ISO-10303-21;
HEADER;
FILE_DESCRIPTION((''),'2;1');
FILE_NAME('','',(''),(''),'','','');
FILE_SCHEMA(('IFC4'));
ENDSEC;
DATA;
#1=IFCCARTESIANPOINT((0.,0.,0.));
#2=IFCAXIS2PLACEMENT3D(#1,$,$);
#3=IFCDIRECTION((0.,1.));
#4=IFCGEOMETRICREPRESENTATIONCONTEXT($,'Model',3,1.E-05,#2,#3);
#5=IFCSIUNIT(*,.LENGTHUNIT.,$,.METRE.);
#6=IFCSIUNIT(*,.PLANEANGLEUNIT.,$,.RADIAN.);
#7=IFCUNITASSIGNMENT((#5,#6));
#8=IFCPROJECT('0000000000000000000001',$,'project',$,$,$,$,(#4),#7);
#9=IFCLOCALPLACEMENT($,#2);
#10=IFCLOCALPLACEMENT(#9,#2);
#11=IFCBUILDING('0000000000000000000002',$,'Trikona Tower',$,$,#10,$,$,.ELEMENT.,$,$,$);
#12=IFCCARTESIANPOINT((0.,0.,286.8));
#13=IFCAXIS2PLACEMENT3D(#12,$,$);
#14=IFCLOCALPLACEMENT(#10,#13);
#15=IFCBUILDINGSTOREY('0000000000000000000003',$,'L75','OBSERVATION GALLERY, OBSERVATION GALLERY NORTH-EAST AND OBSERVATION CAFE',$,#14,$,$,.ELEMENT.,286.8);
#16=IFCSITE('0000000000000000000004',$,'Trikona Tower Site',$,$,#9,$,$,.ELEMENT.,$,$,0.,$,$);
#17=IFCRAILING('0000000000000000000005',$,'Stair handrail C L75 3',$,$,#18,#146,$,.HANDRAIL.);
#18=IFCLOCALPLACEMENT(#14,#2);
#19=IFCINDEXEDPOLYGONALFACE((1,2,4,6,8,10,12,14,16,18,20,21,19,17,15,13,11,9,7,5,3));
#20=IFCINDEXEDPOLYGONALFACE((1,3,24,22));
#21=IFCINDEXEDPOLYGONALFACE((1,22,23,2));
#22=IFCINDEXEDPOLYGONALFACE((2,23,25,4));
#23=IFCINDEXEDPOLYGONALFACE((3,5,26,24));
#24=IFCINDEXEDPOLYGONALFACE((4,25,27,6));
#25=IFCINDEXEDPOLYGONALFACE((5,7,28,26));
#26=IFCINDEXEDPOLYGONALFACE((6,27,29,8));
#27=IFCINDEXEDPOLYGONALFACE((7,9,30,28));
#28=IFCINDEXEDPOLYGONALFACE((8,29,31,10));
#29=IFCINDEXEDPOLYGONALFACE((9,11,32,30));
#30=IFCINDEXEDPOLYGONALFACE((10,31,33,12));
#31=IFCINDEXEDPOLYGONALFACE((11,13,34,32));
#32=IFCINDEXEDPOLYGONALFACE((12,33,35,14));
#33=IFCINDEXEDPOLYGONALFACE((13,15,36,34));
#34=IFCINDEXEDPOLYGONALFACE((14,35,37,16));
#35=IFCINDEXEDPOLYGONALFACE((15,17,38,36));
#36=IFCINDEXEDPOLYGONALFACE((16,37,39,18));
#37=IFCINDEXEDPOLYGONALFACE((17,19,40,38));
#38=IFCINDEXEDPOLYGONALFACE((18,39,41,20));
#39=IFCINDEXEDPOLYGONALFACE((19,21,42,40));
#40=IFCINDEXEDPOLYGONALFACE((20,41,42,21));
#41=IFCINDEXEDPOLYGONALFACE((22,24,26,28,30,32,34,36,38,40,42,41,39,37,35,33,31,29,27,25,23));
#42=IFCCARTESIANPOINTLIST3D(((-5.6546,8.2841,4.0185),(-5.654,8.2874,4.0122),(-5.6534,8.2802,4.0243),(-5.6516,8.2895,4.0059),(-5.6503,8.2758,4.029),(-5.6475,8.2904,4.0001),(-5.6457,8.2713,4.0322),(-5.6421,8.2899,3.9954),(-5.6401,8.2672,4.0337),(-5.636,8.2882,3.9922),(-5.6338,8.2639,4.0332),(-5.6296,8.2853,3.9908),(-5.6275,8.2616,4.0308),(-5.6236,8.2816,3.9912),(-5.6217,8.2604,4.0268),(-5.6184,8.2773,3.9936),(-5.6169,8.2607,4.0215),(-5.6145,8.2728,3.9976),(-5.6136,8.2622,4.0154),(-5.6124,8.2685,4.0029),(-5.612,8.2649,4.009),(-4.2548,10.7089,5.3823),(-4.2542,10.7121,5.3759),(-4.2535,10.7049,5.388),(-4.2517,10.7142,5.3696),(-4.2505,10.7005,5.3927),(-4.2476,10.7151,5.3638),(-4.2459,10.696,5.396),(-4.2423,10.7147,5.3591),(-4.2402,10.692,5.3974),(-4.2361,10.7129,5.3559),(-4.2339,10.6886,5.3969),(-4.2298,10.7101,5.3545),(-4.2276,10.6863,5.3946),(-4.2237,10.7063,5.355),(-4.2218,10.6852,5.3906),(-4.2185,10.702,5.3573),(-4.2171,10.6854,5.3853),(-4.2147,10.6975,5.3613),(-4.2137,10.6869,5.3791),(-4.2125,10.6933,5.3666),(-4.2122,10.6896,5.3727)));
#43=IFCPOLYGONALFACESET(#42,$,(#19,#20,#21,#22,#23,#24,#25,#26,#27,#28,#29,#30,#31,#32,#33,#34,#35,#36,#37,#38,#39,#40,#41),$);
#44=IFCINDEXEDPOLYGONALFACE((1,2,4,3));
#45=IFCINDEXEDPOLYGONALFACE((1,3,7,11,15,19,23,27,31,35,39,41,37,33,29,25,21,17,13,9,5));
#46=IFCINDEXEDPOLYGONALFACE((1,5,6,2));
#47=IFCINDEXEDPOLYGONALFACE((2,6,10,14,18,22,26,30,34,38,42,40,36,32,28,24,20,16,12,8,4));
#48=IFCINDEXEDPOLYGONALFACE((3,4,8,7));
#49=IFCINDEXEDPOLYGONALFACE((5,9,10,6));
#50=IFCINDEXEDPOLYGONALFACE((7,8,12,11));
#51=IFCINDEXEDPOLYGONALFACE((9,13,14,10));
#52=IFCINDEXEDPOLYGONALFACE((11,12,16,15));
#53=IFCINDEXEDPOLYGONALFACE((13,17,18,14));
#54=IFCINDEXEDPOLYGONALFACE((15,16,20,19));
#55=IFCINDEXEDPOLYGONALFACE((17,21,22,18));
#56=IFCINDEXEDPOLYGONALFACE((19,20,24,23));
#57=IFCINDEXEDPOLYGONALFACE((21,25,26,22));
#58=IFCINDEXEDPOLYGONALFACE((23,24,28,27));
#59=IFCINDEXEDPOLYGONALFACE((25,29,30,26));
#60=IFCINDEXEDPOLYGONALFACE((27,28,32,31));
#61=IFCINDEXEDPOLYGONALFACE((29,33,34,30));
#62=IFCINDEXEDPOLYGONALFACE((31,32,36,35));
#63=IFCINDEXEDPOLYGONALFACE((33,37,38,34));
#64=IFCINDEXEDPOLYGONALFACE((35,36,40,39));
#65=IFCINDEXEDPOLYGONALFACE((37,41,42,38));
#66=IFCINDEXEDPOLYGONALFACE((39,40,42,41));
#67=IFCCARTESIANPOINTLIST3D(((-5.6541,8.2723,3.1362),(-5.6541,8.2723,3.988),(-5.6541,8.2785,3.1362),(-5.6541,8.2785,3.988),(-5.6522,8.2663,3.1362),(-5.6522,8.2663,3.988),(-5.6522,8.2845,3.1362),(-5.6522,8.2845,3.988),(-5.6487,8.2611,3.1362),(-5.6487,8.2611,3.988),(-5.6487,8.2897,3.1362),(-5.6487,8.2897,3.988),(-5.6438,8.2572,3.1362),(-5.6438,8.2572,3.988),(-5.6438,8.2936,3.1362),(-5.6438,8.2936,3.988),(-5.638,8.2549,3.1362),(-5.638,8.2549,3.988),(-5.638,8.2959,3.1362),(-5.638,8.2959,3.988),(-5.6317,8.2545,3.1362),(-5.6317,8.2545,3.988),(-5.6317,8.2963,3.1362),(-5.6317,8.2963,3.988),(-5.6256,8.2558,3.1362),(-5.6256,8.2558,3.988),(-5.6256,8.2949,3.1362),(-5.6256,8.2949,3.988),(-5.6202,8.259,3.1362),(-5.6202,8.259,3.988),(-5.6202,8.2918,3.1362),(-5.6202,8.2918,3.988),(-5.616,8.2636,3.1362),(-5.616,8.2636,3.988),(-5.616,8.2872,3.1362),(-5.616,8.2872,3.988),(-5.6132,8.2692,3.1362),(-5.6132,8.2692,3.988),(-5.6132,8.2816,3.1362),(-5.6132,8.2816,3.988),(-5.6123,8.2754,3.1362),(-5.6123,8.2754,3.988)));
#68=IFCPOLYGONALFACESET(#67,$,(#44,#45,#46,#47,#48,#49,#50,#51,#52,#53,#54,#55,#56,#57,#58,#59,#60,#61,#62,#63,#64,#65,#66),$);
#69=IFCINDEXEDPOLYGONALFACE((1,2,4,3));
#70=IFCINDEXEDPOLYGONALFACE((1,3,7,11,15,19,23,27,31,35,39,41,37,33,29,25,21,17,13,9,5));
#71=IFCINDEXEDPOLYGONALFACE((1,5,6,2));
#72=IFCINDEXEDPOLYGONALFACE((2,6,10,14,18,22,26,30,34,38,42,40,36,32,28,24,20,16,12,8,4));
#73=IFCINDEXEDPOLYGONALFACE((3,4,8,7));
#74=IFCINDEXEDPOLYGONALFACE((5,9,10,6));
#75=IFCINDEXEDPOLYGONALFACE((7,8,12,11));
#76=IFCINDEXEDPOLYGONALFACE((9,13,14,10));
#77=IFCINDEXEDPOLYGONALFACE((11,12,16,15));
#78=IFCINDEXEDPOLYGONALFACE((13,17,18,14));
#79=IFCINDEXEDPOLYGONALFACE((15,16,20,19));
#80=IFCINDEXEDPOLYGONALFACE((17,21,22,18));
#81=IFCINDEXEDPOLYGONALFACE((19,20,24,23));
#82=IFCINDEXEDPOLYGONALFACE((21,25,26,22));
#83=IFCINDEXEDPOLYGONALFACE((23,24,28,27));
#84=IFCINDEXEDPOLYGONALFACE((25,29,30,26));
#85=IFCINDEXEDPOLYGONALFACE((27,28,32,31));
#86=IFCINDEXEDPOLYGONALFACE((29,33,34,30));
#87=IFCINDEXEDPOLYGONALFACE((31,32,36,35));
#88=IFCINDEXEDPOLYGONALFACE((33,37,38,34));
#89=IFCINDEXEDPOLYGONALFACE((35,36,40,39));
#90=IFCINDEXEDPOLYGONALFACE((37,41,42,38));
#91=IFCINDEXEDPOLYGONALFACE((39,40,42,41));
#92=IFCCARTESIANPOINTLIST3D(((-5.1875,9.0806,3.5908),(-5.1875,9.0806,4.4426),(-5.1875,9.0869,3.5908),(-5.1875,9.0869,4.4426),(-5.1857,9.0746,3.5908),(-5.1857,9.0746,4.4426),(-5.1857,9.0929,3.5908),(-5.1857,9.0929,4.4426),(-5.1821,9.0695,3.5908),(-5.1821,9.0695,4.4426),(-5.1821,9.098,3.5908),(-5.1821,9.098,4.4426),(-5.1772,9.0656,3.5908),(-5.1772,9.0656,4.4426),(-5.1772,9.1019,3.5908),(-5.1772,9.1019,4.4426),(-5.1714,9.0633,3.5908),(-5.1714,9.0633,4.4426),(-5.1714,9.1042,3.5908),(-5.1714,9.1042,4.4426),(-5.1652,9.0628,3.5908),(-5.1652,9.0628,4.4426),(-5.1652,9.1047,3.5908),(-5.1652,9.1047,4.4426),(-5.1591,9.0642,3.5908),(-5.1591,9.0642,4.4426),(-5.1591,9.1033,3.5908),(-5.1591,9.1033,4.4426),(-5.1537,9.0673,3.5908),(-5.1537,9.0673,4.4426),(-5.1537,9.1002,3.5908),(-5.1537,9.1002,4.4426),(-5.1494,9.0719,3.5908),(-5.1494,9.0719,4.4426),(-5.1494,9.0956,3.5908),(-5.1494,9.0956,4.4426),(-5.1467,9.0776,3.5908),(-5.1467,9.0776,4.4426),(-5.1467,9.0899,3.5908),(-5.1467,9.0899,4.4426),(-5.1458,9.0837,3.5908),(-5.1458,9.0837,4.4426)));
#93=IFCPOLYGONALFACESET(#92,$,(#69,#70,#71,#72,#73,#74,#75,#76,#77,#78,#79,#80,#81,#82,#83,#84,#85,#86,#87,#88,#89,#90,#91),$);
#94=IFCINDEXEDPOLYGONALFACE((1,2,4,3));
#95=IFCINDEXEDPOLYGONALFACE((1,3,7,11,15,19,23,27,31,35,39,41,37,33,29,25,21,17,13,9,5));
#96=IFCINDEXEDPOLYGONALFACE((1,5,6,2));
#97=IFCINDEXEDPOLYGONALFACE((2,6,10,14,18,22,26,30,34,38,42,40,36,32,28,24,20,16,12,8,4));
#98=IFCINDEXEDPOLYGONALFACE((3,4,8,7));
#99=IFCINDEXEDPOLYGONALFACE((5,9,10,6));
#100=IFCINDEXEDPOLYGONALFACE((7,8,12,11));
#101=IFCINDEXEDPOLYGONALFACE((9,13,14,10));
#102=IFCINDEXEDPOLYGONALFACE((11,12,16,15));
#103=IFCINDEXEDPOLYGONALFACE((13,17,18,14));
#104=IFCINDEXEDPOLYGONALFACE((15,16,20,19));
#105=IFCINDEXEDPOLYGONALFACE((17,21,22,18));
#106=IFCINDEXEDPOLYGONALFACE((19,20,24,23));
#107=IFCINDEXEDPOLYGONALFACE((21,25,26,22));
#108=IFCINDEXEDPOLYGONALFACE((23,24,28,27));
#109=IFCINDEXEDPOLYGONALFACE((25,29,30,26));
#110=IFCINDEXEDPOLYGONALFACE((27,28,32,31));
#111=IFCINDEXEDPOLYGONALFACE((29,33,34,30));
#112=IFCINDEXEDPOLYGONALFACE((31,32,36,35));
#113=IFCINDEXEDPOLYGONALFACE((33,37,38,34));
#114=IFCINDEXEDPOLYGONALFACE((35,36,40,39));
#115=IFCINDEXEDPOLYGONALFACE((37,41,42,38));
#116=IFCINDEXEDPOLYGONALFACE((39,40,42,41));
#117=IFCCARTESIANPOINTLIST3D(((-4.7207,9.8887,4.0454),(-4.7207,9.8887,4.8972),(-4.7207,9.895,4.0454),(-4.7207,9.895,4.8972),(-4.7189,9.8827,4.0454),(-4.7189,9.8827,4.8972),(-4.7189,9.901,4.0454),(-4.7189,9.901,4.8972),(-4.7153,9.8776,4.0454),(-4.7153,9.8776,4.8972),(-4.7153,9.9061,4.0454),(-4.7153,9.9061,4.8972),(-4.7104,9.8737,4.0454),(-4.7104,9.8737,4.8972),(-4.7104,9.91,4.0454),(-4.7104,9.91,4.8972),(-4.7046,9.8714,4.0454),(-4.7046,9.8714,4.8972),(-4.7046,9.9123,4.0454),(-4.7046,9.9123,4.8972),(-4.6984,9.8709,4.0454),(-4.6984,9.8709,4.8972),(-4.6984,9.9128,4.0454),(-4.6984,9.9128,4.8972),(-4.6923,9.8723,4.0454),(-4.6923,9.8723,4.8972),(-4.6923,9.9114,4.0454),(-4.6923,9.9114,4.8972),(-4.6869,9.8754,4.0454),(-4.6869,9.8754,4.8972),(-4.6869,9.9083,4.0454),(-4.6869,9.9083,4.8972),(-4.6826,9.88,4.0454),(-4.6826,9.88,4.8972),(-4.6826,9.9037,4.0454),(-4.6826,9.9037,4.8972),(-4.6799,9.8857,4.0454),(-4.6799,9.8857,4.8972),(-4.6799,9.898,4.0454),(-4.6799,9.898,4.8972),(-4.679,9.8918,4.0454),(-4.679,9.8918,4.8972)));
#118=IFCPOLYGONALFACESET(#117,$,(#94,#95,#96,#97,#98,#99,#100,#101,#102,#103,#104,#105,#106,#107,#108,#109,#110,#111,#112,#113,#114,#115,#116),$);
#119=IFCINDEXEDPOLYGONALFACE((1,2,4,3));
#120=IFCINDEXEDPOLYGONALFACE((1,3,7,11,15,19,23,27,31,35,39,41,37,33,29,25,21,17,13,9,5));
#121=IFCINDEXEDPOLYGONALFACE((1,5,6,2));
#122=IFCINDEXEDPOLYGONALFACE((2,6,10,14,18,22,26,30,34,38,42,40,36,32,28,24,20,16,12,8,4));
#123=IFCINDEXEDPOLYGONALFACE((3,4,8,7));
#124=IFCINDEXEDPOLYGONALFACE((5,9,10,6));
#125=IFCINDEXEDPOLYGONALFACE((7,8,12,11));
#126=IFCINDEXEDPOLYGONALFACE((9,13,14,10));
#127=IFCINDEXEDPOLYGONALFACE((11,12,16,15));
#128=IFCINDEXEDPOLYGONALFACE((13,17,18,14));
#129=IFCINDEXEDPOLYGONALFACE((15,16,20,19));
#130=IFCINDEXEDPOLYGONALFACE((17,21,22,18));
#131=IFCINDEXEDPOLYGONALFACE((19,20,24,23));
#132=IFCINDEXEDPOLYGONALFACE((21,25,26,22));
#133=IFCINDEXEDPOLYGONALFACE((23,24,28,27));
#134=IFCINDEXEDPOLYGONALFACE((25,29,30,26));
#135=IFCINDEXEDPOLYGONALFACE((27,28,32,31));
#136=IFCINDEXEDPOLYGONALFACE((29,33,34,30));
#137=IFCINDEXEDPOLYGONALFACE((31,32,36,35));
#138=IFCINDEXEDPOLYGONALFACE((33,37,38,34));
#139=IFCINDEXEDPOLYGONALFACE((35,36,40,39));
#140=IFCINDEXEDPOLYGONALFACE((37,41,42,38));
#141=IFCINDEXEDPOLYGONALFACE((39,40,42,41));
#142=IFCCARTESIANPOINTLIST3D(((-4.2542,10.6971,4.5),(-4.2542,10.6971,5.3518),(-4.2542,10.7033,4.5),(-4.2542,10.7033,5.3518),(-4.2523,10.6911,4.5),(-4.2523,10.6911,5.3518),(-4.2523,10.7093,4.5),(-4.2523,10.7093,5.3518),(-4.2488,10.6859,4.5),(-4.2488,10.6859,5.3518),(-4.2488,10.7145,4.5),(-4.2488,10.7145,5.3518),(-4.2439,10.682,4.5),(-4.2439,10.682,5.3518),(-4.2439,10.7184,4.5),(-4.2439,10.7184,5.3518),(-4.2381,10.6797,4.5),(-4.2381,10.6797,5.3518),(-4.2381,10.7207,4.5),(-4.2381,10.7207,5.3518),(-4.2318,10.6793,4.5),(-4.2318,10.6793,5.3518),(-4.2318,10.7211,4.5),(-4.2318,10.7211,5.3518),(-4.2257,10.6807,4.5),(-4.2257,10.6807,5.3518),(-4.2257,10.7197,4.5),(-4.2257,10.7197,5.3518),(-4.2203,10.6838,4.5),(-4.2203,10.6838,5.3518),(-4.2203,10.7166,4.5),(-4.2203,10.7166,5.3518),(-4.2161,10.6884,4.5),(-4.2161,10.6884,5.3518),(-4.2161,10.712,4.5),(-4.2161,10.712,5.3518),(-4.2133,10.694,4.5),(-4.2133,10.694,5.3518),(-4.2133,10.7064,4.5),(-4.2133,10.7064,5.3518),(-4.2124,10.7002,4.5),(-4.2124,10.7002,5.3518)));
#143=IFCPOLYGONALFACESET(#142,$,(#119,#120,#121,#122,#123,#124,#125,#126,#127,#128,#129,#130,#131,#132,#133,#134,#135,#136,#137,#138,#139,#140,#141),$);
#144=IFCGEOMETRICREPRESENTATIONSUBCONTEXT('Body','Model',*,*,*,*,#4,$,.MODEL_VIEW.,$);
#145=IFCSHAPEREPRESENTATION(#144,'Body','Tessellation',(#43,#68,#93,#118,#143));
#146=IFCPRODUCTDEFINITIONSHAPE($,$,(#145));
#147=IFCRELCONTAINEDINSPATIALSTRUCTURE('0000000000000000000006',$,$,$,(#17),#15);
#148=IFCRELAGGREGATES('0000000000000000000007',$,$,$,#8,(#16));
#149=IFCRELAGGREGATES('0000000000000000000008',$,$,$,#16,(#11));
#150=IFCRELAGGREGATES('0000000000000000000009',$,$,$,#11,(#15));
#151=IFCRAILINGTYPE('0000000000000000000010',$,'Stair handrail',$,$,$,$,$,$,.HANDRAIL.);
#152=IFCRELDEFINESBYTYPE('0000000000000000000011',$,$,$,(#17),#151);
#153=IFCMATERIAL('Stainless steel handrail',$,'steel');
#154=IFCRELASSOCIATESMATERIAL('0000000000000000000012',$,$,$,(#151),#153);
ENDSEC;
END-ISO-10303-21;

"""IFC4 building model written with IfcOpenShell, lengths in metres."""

from ifc_helpers import new_model, si_unit, direction, frame, origin, origin_2d, place, context, subcontext, project, spatial, circle, extrude, material, type_object, element, save


model = new_model("IFC4")

# Units and contexts
model_context = context("Model", 3, precision=1e-05, world=origin(), true_north=direction((0.0, 1.0)))
body_context = subcontext(model_context, "Body", "Model", "MODEL_VIEW")
ifc_project = project(units=[si_unit("LENGTHUNIT", "METRE"), si_unit("PLANEANGLEUNIT", "RADIAN")], contexts=[model_context])

# Site, building, storey
site_placement = place(None, origin())
site = spatial("IfcSite", under=ifc_project, at=site_placement, Name="Trikona Tower Site", CompositionType="ELEMENT", RefElevation=0.0)
building_placement = place(site_placement, origin())
building = spatial("IfcBuilding", under=site, at=building_placement, Name="Trikona Tower", CompositionType="ELEMENT")
storey_placement = place(building_placement, frame((0.0, 0.0, 286.8)))
storey = spatial("IfcBuildingStorey", under=building, at=storey_placement, Name="L75", Description="OBSERVATION GALLERY, OBSERVATION GALLERY NORTH-EAST AND OBSERVATION CAFE", CompositionType="ELEMENT", Elevation=286.8)

# Railing
ifc_material_1 = material(Name="Stainless steel handrail", Category="steel")
railing_type = type_object("IfcRailingType", Name="Stair handrail", PredefinedType="HANDRAIL", material=ifc_material_1)
railing_1_placement = place(storey_placement, frame((-5.6333, 8.2754, 3.1362)))
element("IfcRailing", 1, at=railing_1_placement, inside=storey, type_object=railing_type, Name="Stair handrail C L75 3", PredefinedType="HANDRAIL", context=body_context, shape_type="SweptSolid", body=[
    extrude(circle(Radius=0.0239, at=origin_2d()), frame((0.0, 0.0, 0.876), z_axis=(0.449498, 0.778587, 0.437896), x_axis=(-0.866035, 0.499984, 0.0)), (0.0, 0.0, 1.0), 3.1143),
    extrude(circle(Radius=0.021, at=origin_2d()), origin(), (0.0, 0.0, 1.0), 0.8518),
    extrude(circle(Radius=0.021, at=origin_2d()), frame((0.4666, 0.8083, 0.4546)), (0.0, 0.0, 1.0), 0.8518),
    extrude(circle(Radius=0.021, at=origin_2d()), frame((0.9333, 1.6165, 0.9092)), (0.0, 0.0, 1.0), 0.8518),
    extrude(circle(Radius=0.021, at=origin_2d()), frame((1.3999, 2.4248, 1.3638)), (0.0, 0.0, 1.0), 0.8518),
])

save(model, "model.ifc")
